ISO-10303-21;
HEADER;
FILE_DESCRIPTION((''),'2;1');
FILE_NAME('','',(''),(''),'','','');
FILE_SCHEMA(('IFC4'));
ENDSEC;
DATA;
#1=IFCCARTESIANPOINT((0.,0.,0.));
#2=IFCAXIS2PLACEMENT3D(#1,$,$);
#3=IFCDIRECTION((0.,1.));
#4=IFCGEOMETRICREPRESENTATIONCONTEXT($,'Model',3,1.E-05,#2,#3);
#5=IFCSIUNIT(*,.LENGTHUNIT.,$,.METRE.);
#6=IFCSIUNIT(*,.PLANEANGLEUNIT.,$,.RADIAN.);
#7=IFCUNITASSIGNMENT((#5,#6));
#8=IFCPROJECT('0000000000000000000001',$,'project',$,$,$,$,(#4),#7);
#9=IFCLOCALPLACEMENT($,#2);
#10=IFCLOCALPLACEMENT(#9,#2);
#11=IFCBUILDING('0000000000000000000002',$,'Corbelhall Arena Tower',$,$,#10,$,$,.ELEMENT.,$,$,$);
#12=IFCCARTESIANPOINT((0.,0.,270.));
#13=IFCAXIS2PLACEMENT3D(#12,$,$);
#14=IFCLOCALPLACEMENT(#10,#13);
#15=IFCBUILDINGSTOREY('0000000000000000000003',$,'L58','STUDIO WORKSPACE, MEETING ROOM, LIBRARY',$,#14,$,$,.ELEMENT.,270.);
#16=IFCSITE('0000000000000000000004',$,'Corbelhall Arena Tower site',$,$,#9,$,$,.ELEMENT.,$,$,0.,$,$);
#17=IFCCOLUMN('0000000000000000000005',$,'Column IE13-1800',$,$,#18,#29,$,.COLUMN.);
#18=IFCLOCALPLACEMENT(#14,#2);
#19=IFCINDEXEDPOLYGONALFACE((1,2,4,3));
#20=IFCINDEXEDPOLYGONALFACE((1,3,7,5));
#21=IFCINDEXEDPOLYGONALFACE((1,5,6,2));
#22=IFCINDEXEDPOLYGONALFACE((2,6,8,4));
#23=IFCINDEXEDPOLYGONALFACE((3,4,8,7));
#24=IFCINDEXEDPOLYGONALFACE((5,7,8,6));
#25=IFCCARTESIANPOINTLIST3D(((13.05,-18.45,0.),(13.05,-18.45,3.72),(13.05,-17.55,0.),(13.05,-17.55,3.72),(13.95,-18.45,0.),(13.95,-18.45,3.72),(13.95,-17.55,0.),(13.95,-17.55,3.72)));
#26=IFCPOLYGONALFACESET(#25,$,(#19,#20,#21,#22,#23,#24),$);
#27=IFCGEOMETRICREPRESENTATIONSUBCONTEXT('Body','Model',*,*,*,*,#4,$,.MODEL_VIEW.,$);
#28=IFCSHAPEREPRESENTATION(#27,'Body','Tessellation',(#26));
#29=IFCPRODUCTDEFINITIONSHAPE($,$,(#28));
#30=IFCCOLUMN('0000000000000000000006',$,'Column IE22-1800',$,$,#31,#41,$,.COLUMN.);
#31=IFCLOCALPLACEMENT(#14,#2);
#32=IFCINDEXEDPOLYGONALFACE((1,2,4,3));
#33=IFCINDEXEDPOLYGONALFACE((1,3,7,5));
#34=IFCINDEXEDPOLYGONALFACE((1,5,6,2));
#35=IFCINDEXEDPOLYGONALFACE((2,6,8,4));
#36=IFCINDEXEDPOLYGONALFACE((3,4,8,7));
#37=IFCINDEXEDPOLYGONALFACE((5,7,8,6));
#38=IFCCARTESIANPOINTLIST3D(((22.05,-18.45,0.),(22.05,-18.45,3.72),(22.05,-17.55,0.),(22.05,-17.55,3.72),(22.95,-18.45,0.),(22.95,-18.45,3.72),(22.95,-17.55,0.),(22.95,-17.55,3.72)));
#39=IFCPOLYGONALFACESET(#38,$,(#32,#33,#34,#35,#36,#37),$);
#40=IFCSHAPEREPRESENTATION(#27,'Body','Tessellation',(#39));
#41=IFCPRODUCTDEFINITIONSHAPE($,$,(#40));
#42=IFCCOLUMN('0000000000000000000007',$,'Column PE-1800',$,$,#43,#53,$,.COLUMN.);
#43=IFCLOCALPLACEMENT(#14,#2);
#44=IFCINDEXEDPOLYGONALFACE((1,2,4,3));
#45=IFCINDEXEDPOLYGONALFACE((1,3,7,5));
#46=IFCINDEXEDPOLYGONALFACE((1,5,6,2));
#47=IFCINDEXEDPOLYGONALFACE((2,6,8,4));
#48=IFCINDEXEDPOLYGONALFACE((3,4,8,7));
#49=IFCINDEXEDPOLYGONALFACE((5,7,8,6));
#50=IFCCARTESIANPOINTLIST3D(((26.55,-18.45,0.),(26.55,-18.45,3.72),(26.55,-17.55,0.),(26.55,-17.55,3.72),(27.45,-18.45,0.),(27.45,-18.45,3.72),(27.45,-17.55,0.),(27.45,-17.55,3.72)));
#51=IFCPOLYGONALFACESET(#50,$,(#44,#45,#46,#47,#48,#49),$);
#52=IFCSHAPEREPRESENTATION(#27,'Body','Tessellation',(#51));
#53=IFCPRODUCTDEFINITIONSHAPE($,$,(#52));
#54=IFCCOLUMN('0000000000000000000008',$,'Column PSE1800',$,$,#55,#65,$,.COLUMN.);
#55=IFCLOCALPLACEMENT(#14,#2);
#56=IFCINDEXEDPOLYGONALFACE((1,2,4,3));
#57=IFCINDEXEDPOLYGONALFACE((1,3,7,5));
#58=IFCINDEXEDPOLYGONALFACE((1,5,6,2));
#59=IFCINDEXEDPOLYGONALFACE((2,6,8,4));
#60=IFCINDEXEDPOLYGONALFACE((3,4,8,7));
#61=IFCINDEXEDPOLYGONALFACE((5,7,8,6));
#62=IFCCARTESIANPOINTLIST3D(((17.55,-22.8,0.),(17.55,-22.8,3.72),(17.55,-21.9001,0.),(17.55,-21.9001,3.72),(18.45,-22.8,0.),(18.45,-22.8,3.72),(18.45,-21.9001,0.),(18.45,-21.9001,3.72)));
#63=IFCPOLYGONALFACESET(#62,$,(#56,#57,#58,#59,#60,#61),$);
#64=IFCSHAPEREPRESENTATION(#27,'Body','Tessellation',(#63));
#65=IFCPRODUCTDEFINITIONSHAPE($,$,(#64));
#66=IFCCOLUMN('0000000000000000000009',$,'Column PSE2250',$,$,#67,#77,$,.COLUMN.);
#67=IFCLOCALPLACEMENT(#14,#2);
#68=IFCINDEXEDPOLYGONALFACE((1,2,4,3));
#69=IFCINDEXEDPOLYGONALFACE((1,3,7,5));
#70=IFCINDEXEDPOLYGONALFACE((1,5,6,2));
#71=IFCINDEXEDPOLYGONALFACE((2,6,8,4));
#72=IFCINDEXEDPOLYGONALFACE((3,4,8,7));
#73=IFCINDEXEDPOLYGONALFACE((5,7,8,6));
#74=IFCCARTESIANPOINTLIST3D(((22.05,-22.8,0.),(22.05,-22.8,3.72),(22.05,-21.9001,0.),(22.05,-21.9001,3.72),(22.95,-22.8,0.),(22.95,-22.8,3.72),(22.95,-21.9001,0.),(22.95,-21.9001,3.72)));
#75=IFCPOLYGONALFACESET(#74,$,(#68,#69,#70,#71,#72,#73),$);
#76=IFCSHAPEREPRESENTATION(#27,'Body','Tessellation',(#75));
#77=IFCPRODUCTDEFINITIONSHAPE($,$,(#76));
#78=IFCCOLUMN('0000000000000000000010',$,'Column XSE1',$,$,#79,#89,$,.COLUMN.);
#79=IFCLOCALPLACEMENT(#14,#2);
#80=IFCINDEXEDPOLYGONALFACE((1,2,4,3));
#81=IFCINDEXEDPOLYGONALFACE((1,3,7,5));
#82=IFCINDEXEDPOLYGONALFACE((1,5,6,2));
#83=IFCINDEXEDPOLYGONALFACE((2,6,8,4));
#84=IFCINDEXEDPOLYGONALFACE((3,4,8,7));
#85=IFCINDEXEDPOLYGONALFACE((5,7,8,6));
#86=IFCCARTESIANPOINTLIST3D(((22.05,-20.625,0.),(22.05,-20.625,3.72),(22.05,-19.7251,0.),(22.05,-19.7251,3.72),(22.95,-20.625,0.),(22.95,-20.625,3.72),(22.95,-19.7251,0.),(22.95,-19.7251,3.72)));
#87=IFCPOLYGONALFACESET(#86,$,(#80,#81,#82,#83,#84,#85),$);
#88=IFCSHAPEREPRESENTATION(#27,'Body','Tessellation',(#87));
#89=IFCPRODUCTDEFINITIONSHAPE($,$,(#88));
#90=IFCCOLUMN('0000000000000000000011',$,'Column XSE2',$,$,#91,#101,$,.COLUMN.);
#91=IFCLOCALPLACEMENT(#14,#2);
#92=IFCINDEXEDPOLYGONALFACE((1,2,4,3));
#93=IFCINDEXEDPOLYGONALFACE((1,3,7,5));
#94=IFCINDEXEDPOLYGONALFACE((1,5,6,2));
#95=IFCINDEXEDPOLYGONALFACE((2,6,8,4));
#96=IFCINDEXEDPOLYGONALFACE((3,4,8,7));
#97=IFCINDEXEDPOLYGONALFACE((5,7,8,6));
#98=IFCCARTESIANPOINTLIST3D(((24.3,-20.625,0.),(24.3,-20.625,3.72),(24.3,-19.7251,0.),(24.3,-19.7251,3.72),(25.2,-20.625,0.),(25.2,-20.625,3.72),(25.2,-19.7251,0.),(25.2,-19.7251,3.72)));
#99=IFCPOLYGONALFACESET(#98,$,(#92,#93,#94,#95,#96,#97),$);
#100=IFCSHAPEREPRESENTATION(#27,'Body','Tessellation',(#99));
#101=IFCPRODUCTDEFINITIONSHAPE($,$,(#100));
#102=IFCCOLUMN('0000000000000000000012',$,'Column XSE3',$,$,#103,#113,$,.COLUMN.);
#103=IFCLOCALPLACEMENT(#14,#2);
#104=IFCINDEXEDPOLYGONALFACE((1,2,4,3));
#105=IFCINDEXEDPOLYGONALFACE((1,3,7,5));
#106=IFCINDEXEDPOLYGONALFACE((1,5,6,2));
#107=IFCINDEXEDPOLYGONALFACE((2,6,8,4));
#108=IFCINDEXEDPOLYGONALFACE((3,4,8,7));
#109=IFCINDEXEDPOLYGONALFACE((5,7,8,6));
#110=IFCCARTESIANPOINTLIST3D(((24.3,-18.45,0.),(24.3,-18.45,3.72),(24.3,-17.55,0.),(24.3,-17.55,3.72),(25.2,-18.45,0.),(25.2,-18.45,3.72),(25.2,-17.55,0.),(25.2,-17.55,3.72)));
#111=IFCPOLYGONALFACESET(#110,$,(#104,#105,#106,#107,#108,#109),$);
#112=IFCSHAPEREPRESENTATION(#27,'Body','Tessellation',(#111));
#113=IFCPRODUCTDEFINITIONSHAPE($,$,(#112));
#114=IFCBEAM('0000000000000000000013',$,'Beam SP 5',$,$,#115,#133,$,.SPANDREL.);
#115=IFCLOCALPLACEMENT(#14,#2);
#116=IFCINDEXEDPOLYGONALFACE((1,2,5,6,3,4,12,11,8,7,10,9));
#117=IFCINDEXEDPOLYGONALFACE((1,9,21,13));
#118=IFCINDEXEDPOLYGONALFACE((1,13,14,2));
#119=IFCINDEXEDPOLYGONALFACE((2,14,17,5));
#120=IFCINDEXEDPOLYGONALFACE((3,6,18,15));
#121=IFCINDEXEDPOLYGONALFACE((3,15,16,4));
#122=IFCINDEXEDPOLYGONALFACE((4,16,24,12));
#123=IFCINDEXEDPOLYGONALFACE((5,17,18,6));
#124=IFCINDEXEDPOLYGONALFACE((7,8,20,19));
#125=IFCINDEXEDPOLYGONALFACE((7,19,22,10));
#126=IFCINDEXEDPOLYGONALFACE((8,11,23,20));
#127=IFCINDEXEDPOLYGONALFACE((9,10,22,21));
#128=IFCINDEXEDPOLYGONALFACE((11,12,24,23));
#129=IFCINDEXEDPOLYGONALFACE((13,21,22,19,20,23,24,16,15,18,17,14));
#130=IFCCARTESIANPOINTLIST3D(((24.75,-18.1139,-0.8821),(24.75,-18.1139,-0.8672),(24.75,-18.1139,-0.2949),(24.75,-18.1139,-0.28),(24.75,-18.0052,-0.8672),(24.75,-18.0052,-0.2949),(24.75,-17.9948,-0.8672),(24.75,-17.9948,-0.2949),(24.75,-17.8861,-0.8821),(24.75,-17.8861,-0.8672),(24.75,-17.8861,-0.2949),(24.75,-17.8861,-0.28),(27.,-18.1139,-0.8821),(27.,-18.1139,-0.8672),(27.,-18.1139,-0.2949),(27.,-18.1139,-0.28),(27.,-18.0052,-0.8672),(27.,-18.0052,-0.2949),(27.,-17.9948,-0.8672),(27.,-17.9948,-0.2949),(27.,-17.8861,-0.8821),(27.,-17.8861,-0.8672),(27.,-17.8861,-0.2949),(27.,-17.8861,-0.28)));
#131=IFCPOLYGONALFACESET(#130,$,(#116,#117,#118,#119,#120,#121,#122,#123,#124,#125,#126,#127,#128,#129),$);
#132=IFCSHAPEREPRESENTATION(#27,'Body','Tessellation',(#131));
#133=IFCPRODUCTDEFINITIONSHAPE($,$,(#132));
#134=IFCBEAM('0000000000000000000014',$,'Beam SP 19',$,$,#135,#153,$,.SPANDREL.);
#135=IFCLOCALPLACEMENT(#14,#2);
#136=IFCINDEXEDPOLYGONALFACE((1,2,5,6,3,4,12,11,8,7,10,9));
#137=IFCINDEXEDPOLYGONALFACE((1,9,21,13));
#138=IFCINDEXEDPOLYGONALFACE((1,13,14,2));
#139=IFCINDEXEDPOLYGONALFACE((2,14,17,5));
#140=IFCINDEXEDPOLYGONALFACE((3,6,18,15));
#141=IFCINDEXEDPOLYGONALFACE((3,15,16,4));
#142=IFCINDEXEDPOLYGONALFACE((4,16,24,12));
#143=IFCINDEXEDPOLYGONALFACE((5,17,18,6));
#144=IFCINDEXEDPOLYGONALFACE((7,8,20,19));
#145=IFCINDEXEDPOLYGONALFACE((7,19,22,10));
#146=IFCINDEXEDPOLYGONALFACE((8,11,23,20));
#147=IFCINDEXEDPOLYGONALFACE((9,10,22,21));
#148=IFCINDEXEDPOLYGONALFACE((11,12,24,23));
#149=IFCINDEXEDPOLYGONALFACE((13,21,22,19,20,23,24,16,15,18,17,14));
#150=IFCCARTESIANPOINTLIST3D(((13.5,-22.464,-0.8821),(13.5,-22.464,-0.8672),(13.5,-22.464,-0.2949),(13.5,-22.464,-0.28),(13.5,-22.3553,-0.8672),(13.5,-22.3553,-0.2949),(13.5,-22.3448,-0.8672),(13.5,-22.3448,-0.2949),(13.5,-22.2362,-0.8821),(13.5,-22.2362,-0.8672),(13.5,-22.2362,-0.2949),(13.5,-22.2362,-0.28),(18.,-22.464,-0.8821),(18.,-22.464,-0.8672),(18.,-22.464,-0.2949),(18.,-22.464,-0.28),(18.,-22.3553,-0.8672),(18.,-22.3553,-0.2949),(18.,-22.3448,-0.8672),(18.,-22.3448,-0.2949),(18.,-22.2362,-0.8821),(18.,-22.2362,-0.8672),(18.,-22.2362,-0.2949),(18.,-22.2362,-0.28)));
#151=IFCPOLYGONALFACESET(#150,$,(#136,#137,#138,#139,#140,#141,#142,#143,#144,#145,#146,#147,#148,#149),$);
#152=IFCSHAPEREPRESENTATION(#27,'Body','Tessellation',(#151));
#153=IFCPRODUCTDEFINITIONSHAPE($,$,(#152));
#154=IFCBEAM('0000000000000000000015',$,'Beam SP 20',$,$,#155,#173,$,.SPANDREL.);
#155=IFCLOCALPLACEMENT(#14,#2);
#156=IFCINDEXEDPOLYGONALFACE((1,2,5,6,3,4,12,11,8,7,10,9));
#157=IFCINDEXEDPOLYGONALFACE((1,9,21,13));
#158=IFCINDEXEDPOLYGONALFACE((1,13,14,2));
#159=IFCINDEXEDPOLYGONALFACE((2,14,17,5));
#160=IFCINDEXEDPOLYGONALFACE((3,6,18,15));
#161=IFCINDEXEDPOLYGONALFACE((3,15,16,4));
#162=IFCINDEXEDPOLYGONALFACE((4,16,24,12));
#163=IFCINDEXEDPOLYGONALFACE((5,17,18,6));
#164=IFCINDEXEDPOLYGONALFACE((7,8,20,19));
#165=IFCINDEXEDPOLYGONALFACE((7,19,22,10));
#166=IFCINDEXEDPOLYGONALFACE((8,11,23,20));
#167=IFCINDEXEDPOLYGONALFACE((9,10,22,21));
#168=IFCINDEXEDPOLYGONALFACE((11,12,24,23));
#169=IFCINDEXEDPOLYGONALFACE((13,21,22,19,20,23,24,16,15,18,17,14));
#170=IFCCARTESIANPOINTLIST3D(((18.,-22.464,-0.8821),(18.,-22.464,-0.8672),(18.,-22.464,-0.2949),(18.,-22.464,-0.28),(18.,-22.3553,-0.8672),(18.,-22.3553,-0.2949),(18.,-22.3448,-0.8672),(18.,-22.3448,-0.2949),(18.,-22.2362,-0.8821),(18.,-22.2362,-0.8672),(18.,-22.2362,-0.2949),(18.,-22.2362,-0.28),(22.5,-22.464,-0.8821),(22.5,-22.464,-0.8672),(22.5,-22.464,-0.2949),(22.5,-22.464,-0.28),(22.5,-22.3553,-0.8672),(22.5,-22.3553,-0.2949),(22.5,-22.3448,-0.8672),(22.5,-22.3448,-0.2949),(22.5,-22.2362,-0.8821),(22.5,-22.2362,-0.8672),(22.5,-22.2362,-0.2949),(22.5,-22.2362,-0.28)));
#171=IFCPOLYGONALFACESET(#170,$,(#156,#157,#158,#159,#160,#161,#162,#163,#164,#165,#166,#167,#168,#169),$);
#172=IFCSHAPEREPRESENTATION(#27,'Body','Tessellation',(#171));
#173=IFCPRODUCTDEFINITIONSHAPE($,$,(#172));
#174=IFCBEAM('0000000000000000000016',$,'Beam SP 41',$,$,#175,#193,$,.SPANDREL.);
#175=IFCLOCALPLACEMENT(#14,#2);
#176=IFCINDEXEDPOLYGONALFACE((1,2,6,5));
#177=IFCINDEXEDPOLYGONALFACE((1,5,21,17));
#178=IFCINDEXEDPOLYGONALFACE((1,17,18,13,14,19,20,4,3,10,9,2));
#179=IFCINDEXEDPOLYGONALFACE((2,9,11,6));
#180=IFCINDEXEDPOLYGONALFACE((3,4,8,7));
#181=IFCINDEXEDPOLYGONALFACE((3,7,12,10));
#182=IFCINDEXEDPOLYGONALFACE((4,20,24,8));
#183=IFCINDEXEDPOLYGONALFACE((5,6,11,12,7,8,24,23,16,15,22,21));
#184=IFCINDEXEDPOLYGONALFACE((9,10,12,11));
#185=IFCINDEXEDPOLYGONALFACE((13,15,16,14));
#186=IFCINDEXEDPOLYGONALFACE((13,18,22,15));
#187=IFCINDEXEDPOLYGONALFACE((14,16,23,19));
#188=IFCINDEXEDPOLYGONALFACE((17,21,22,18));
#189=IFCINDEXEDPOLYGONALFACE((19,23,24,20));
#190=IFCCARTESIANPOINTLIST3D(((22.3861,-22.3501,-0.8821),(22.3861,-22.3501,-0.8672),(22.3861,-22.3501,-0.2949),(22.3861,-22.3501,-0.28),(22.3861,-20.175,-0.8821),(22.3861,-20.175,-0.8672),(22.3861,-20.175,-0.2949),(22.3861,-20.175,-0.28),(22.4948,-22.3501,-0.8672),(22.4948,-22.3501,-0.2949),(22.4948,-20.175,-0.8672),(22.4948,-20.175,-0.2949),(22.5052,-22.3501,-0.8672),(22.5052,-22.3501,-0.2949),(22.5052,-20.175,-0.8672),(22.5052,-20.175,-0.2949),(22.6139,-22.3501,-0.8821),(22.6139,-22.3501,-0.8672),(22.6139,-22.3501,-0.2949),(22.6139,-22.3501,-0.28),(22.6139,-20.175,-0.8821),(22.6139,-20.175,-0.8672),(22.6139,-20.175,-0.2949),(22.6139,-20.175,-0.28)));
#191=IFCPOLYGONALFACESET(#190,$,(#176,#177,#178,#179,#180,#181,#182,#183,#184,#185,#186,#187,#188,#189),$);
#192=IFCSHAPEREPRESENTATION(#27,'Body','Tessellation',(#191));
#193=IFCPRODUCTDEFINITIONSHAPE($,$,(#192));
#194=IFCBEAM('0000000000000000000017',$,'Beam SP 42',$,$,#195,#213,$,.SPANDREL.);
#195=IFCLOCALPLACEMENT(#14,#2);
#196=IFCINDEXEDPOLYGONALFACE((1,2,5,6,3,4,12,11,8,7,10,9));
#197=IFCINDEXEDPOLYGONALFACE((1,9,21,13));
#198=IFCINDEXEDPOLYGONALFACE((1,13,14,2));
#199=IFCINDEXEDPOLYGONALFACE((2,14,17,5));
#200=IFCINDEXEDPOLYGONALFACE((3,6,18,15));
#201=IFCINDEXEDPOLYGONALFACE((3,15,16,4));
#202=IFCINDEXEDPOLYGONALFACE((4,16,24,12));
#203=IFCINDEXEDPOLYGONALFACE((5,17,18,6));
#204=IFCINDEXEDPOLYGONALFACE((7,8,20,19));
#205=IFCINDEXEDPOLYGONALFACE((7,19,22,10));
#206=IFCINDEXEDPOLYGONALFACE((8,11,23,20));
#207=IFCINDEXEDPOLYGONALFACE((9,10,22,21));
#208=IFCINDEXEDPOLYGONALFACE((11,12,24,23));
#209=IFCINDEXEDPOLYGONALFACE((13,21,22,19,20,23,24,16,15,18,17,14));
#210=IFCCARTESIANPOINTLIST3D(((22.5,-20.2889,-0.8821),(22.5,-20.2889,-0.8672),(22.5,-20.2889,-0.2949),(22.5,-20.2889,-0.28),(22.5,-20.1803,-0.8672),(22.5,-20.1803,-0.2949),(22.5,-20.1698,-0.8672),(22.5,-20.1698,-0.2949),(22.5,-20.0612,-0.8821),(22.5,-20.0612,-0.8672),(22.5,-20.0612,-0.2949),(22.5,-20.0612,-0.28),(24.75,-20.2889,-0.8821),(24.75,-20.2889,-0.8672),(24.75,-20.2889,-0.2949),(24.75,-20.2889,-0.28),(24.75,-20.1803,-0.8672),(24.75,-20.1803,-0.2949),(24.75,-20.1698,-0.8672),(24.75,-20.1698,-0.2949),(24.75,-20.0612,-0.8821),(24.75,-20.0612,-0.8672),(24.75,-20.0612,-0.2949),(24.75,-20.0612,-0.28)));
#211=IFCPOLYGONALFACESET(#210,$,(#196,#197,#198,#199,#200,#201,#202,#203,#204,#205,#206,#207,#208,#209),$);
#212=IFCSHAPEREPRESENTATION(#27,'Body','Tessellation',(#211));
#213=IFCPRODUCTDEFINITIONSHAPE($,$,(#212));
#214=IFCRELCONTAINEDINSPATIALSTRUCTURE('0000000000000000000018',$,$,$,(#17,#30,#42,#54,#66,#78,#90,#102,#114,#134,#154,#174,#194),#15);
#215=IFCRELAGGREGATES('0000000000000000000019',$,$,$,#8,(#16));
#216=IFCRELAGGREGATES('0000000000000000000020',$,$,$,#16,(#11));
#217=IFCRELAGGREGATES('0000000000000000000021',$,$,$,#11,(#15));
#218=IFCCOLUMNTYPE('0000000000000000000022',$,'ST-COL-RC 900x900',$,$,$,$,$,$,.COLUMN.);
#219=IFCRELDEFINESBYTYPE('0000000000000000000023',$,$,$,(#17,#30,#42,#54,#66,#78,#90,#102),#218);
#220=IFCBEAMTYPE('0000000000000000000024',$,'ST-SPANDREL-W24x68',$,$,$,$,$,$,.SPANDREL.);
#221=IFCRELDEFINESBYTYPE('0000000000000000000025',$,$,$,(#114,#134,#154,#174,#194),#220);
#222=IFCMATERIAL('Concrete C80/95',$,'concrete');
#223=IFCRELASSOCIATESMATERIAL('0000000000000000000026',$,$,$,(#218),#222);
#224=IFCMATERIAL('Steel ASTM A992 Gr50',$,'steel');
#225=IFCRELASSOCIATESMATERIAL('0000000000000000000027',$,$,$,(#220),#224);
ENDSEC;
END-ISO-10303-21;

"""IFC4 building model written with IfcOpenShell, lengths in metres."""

from ifc_helpers import new_model, si_unit, direction, frame, origin, origin_2d, place, context, subcontext, project, spatial, rectangle, i_section, extrude, material, material_profile, profile_set, type_object, element, save


model = new_model("IFC4")

# Units and contexts
model_context = context("Model", 3, precision=1e-05, world=origin(), true_north=direction((0.0, 1.0)))
body_context = subcontext(model_context, "Body", "Model", "MODEL_VIEW")
ifc_project = project(units=[si_unit("LENGTHUNIT", "METRE"), si_unit("PLANEANGLEUNIT", "RADIAN")], contexts=[model_context])

# Site, building, storey
site_placement = place(None, origin())
site = spatial("IfcSite", under=ifc_project, at=site_placement, Name="Corbelhall Arena Tower site", CompositionType="ELEMENT", RefElevation=0.0)
building_placement = place(site_placement, origin())
building = spatial("IfcBuilding", under=site, at=building_placement, Name="Corbelhall Arena Tower", CompositionType="ELEMENT")
storey_placement = place(building_placement, frame((0.0, 0.0, 270.0)))
storey = spatial("IfcBuildingStorey", under=building, at=storey_placement, Name="L58", Description="STUDIO WORKSPACE, MEETING ROOM, LIBRARY", CompositionType="ELEMENT", Elevation=270.0)

# Columns
ifc_material_1 = material(Name="Concrete C80/95", Category="concrete")
ifc_material_profile_1 = material_profile(ifc_material_1, rectangle(XDim=0.8999, YDim=0.8999, at=origin_2d()))
ifc_profile_set_1 = profile_set([ifc_material_profile_1], Name="Concrete C80/95")
column_type = type_object("IfcColumnType", Name="ST-COL-RC 900x900", PredefinedType="COLUMN", material=ifc_profile_set_1)
for number, where, z_axis, x_axis, name in (
    (1, (13.5, -18.0, 0.0), (0.0, 0.0, 1.0), (1.0, 0.0, 0.0), "Column IE13-1800"),
    (2, (22.5, -18.0, 0.0), (0.0, 0.0, 1.0), (1.0, 0.0, 0.0), "Column IE22-1800"),
    (3, (27.0, -18.0, 0.0), (0.0, 0.0, 1.0), (0.0, 1.0, 0.0), "Column PE-1800"),
    (4, (18.0, -22.3501, 0.0), (0.0, 0.0, 1.0), (1.0, 0.0, 0.0), "Column PSE1800"),
    (5, (22.5, -22.3501, 0.0), (0.0, 0.0, 1.0), (1.0, 0.0, 0.0), "Column PSE2250"),
    (6, (22.5, -20.175, 0.0), (0.0, 0.0, 1.0), (1.0, 0.0, 0.0), "Column XSE1"),
    (7, (24.75, -20.175, 0.0), (0.0, 0.0, 1.0), (1.0, 0.0, 0.0), "Column XSE2"),
    (8, (24.75, -18.0, 0.0), (0.0, 0.0, 1.0), (1.0, 0.0, 0.0), "Column XSE3"),
):
    element("IfcColumn", number, at=place(storey_placement, frame(where, z_axis=z_axis, x_axis=x_axis)), inside=storey, type_object=column_type, Name=name, PredefinedType="COLUMN", context=body_context, shape_type="SweptSolid", body=[
        extrude(rectangle(XDim=0.8999, YDim=0.8999, at=origin_2d()), origin(), (0.0, 0.0, 1.0), 3.72),
    ])

# Beams
ifc_material_2 = material(Name="Steel ASTM A992 Gr50", Category="steel")
ifc_material_profile_2 = material_profile(ifc_material_2, i_section(OverallWidth=0.2278, OverallDepth=0.6021, WebThickness=0.0105, FlangeThickness=0.0149, at=origin_2d()))
ifc_profile_set_2 = profile_set([ifc_material_profile_2], Name="Steel ASTM A992 Gr50")
beam_type = type_object("IfcBeamType", Name="ST-SPANDREL-W24x68", PredefinedType="SPANDREL", material=ifc_profile_set_2)
beam_1_placement = place(storey_placement, frame((27.0, -18.0, -0.5811), z_axis=(-1.0, 0.0, 0.0), x_axis=(0.0, -1.0, 0.0)))
element("IfcBeam", 9, at=beam_1_placement, inside=storey, type_object=beam_type, Name="Beam SP 5", PredefinedType="SPANDREL", context=body_context, shape_type="SweptSolid", body=[
    extrude(i_section(OverallWidth=0.2278, OverallDepth=0.6021, WebThickness=0.0105, FlangeThickness=0.0149, at=origin_2d()), origin(), (0.0, 0.0, 1.0), 2.25),
])
for number, where, z_axis, x_axis, name in (
    (10, (18.0, -22.3501, -0.5811), (-1.0, 0.0, 0.0), (0.0, -1.0, 0.0), "Beam SP 19"),
    (11, (22.5, -22.3501, -0.5811), (-1.0, 0.0, 0.0), (0.0, -1.0, 0.0), "Beam SP 20"),
):
    element("IfcBeam", number, at=place(storey_placement, frame(where, z_axis=z_axis, x_axis=x_axis)), inside=storey, type_object=beam_type, Name=name, PredefinedType="SPANDREL", context=body_context, shape_type="SweptSolid", body=[
        extrude(i_section(OverallWidth=0.2278, OverallDepth=0.6021, WebThickness=0.0105, FlangeThickness=0.0149, at=origin_2d()), origin(), (0.0, 0.0, 1.0), 4.5),
    ])
beam_2_placement = place(storey_placement, frame((22.5, -20.175, -0.5811), z_axis=(0.0, -1.0, 0.0), x_axis=(1.0, 0.0, 0.0)))
element("IfcBeam", 12, at=beam_2_placement, inside=storey, type_object=beam_type, Name="Beam SP 41", PredefinedType="SPANDREL", context=body_context, shape_type="SweptSolid", body=[
    extrude(i_section(OverallWidth=0.2278, OverallDepth=0.6021, WebThickness=0.0105, FlangeThickness=0.0149, at=origin_2d()), origin(), (0.0, 0.0, 1.0), 2.175),
])
beam_3_placement = place(storey_placement, frame((24.75, -20.175, -0.5811), z_axis=(-1.0, 0.0, 0.0), x_axis=(0.0, -1.0, 0.0)))
element("IfcBeam", 13, at=beam_3_placement, inside=storey, type_object=beam_type, Name="Beam SP 42", PredefinedType="SPANDREL", context=body_context, shape_type="SweptSolid", body=[
    extrude(i_section(OverallWidth=0.2278, OverallDepth=0.6021, WebThickness=0.0105, FlangeThickness=0.0149, at=origin_2d()), origin(), (0.0, 0.0, 1.0), 2.25),
])

save(model, "model.ifc")
